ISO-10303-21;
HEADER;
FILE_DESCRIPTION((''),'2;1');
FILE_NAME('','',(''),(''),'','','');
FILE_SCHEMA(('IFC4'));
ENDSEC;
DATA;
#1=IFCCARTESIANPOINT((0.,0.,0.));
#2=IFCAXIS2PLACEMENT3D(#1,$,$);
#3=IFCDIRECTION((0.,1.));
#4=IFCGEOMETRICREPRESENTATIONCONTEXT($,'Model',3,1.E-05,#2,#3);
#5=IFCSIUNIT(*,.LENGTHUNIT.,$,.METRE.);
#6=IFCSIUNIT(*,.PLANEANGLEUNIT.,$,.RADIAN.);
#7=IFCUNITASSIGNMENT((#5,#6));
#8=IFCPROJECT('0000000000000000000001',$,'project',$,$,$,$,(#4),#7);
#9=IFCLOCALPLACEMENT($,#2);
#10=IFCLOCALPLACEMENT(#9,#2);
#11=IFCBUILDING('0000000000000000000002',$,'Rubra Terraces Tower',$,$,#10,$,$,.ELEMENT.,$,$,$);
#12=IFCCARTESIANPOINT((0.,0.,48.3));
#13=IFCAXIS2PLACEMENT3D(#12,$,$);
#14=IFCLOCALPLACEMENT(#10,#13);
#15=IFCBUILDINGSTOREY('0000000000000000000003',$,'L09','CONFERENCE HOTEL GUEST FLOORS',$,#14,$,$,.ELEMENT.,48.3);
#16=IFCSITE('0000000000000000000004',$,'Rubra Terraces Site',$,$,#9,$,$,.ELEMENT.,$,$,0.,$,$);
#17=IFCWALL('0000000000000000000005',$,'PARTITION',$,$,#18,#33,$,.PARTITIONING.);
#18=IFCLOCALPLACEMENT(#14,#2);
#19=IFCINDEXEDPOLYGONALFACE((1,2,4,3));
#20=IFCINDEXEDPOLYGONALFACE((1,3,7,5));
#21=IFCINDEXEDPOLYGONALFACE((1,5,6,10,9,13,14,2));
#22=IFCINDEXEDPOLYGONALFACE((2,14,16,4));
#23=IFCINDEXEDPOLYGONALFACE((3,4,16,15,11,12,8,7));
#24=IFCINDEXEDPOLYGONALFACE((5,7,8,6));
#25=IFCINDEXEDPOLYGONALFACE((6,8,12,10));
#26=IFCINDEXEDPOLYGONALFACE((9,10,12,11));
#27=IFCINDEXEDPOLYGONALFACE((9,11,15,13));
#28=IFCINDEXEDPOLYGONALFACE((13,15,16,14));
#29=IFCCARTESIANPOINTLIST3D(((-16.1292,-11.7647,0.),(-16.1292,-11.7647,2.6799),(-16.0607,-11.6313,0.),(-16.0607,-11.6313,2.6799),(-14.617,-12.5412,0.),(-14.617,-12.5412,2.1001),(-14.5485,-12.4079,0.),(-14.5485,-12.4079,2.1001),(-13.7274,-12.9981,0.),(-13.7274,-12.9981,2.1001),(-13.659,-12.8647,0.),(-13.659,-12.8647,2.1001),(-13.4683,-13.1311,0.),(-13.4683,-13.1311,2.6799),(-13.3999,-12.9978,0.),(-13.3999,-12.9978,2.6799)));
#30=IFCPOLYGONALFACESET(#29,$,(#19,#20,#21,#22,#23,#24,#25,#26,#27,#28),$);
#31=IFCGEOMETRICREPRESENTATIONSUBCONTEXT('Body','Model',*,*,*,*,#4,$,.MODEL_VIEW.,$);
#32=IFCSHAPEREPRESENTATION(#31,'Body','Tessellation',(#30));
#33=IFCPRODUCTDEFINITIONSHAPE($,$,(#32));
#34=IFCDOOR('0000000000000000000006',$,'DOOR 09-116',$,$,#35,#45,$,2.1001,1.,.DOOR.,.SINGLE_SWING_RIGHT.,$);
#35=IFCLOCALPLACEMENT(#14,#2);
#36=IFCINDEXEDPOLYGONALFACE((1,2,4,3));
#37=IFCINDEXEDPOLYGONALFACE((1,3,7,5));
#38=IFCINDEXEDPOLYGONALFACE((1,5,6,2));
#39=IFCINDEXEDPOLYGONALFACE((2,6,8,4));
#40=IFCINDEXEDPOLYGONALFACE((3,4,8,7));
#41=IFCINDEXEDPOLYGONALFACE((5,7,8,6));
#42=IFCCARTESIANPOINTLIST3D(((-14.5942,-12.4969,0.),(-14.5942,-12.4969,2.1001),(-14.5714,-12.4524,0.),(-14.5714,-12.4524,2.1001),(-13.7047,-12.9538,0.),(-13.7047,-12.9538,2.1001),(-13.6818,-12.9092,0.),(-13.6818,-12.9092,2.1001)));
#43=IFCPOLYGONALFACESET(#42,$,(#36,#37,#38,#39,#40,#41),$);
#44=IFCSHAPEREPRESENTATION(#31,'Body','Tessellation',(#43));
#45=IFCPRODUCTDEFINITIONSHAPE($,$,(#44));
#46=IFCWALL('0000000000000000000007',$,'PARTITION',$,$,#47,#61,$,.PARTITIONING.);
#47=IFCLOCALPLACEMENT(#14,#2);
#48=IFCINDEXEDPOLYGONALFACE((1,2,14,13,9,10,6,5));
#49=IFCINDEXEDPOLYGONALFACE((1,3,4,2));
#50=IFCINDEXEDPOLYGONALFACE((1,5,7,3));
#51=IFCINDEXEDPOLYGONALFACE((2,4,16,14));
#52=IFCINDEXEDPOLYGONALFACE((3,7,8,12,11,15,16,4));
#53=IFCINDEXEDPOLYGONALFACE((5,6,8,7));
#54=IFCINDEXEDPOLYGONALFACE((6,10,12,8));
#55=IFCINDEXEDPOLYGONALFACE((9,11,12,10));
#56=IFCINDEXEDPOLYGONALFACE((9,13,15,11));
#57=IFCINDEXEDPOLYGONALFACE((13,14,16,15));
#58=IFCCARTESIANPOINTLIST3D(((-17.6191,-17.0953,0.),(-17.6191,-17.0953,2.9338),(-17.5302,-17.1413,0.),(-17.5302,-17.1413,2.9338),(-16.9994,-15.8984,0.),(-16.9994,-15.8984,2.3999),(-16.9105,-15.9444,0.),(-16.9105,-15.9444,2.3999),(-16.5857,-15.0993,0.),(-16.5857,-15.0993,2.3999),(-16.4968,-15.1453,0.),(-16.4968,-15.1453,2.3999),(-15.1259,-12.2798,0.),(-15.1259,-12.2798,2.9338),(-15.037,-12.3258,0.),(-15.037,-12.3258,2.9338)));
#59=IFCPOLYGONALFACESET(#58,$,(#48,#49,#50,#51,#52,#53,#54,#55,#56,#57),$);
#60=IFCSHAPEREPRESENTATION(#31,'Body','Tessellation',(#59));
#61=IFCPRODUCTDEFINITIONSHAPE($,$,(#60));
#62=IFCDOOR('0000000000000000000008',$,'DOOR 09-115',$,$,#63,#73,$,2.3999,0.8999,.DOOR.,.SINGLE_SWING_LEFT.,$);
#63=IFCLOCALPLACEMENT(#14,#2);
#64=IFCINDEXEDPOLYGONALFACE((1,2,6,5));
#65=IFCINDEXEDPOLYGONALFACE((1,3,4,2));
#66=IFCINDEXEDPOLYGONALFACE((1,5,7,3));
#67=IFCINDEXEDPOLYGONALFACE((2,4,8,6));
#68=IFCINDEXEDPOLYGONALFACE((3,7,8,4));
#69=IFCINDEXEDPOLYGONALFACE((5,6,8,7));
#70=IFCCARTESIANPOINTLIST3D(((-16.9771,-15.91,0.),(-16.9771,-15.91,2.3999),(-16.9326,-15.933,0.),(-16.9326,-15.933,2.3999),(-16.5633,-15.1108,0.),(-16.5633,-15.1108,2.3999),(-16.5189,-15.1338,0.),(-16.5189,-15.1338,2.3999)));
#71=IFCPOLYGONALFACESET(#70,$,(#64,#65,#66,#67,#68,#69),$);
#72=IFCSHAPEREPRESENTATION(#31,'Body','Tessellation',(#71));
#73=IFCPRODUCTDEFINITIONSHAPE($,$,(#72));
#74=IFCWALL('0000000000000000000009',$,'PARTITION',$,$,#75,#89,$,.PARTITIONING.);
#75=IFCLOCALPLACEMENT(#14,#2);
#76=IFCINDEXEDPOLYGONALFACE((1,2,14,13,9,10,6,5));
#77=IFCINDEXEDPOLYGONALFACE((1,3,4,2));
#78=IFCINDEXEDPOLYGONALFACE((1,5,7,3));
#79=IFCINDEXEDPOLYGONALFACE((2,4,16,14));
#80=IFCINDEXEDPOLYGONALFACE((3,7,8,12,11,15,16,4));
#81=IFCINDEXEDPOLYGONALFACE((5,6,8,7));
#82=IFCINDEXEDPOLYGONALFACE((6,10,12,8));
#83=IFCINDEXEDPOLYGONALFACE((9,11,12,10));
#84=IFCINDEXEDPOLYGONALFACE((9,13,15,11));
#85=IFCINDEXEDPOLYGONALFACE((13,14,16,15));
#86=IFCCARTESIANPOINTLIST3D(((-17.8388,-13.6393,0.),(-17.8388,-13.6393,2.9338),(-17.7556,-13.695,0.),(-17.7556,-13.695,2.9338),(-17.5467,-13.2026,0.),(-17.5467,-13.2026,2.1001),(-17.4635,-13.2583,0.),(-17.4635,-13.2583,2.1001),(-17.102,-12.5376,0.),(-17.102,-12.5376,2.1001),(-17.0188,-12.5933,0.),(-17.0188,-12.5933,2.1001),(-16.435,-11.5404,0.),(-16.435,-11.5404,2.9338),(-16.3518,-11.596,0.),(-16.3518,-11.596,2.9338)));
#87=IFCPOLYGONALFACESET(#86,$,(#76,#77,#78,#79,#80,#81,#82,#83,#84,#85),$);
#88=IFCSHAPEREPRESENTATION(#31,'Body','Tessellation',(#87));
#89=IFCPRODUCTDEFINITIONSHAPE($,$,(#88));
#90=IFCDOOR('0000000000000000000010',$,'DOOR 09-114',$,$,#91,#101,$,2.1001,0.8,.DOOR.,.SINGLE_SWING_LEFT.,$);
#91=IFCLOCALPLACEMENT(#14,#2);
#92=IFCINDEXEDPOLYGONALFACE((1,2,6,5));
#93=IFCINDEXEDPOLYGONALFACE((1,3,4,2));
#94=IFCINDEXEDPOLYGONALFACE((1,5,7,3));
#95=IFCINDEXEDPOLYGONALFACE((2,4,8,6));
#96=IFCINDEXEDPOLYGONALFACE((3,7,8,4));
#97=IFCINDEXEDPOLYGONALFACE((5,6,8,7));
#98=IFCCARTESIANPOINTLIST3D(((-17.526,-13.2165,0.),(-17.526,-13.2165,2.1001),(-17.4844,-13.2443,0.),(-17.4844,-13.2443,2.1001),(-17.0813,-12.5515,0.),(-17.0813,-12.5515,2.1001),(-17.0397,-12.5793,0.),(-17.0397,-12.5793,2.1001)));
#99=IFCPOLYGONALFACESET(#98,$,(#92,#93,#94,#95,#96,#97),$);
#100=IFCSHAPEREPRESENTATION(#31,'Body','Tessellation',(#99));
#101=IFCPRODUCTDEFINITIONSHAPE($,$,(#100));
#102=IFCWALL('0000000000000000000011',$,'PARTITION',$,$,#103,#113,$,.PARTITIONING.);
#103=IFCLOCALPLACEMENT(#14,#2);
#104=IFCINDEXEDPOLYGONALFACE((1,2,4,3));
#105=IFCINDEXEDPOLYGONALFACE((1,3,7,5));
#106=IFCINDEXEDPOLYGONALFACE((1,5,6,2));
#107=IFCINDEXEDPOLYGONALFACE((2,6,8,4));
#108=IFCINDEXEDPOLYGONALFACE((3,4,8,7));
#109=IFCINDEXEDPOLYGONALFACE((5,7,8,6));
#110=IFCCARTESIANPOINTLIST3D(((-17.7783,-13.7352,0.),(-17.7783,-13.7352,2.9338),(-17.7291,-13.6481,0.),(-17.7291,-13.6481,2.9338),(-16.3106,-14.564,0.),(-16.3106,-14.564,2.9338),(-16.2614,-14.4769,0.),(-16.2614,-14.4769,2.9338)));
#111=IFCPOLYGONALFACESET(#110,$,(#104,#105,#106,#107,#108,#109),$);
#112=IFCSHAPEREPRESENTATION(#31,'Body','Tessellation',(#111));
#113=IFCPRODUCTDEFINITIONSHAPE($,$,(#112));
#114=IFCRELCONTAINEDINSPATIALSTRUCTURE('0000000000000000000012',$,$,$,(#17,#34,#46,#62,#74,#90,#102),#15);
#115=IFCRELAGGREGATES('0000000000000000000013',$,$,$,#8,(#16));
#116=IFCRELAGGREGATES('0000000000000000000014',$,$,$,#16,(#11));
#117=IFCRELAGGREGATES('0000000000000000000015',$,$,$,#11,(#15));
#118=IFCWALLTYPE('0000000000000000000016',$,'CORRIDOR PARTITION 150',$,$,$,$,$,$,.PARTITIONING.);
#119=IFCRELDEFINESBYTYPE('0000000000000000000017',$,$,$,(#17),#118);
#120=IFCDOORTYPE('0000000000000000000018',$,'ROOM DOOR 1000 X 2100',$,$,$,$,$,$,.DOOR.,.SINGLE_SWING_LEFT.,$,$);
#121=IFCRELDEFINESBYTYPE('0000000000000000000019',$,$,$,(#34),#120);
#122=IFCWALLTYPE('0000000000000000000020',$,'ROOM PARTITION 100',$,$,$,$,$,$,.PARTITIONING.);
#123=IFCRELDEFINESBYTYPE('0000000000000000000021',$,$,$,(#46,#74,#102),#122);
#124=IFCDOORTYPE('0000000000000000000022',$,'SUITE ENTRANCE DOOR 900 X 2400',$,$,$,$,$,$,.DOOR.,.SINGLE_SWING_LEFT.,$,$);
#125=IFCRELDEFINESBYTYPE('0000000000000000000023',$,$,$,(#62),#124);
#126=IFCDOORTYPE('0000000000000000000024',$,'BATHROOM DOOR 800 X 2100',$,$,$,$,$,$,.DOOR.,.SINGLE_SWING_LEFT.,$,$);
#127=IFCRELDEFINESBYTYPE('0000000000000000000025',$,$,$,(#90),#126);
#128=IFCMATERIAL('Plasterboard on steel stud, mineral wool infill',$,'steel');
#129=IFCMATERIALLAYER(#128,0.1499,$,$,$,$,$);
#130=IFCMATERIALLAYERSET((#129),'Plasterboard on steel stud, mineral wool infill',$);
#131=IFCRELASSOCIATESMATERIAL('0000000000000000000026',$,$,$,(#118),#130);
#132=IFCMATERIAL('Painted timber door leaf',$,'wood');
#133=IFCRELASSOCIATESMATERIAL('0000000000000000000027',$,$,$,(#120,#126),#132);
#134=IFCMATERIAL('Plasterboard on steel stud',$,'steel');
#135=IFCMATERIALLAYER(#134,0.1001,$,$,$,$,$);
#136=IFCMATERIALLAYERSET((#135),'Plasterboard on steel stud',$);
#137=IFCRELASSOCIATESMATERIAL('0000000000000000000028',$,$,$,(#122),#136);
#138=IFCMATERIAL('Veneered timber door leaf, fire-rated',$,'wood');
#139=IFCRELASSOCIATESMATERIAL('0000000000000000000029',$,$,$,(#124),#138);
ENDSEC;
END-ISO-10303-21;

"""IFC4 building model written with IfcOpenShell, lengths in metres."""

from ifc_helpers import new_model, si_unit, direction, frame, frame_2d, origin, place, context, subcontext, project, spatial, rectangle, extrude, material, layer, layer_set, type_object, element, fill, save


model = new_model("IFC4")

# Units and contexts
model_context = context("Model", 3, precision=1e-05, world=origin(), true_north=direction((0.0, 1.0)))
body_context = subcontext(model_context, "Body", "Model", "MODEL_VIEW")
ifc_project = project(units=[si_unit("LENGTHUNIT", "METRE"), si_unit("PLANEANGLEUNIT", "RADIAN")], contexts=[model_context])

# Site, building, storey
site_placement = place(None, origin())
site = spatial("IfcSite", under=ifc_project, at=site_placement, Name="Rubra Terraces Site", CompositionType="ELEMENT", RefElevation=0.0)
building_placement = place(site_placement, origin())
building = spatial("IfcBuilding", under=site, at=building_placement, Name="Rubra Terraces Tower", CompositionType="ELEMENT")
storey_placement = place(building_placement, frame((0.0, 0.0, 48.3)))
storey = spatial("IfcBuildingStorey", under=building, at=storey_placement, Name="L09", Description="CONFERENCE HOTEL GUEST FLOORS", CompositionType="ELEMENT", Elevation=48.3)

# Walls, openings, doors
ifc_material_1 = material(Name="Plasterboard on steel stud, mineral wool infill", Category="steel")
ifc_layer_1 = layer(ifc_material_1, 0.1499)
ifc_layer_set_1 = layer_set([ifc_layer_1], Name="Plasterboard on steel stud, mineral wool infill")
wall_type_1 = type_object("IfcWallType", Name="CORRIDOR PARTITION 150", PredefinedType="PARTITIONING", material=ifc_layer_set_1)
wall_1_placement = place(storey_placement, frame((-16.095, -11.698, 0.0), z_axis=(0.0, 0.0, 1.0), x_axis=(0.88956, -0.456819, 0.0)))
wall_1 = element("IfcWall", 1, at=wall_1_placement, inside=storey, type_object=wall_type_1, Name="PARTITION", PredefinedType="PARTITIONING", context=body_context, shape_type="SweptSolid", body=[
    extrude(rectangle(XDim=2.9912, YDim=0.1499, at=frame_2d((1.4956, 0.0))), origin(), (0.0, 0.0, 1.0), 2.6799),
])
opening_1_placement = place(wall_1_placement, frame((1.7, 0.0, 0.0)))
opening_1 = element("IfcOpeningElement", 2, at=opening_1_placement, cuts=wall_1, PredefinedType="OPENING", context=body_context, shape_type="SweptSolid", body=[
    extrude(rectangle(XDim=1.0, YDim=2.1001, at=frame_2d((0.5, 1.05))), frame((0.0, 0.085, 0.0), z_axis=(0.0, -1.0, 0.0), x_axis=(1.0, 0.0, 0.0)), (0.0, 0.0, 1.0), 0.1699),
])
ifc_material_2 = material(Name="Painted timber door leaf", Category="wood")
door_type_1 = type_object("IfcDoorType", Name="ROOM DOOR 1000 X 2100", OperationType="SINGLE_SWING_LEFT", PredefinedType="DOOR", material=ifc_material_2)
door_1_placement = place(opening_1_placement, origin())
door_1 = element("IfcDoor", 3, at=door_1_placement, inside=storey, type_object=door_type_1, Name="DOOR 09-116", OperationType="SINGLE_SWING_RIGHT", OverallHeight=2.1001, OverallWidth=1.0, PredefinedType="DOOR", context=body_context, shape_type="SweptSolid", body=[
    extrude(rectangle(XDim=1.0, YDim=2.1001, at=frame_2d((0.5, 1.05))), frame((0.0, 0.0249, 0.0), z_axis=(0.0, -1.0, 0.0), x_axis=(1.0, 0.0, 0.0)), (0.0, 0.0, 1.0), 0.05),
])
fill(opening_1, door_1)
ifc_material_3 = material(Name="Plasterboard on steel stud", Category="steel")
ifc_layer_2 = layer(ifc_material_3, 0.1001)
ifc_layer_set_2 = layer_set([ifc_layer_2], Name="Plasterboard on steel stud")
wall_type_2 = type_object("IfcWallType", Name="ROOM PARTITION 100", PredefinedType="PARTITIONING", material=ifc_layer_set_2)
wall_2_placement = place(storey_placement, frame((-17.5747, -17.1184, 0.0), z_axis=(0.0, 0.0, 1.0), x_axis=(0.459776, 0.888035, 0.0)))
wall_2 = element("IfcWall", 4, at=wall_2_placement, inside=storey, type_object=wall_type_2, Name="PARTITION", PredefinedType="PARTITIONING", context=body_context, shape_type="SweptSolid", body=[
    extrude(rectangle(XDim=5.4226, YDim=0.1001, at=frame_2d((2.7114, 0.0))), origin(), (0.0, 0.0, 1.0), 2.9338),
])
opening_2_placement = place(wall_2_placement, frame((1.3479, 0.0, 0.0)))
opening_2 = element("IfcOpeningElement", 5, at=opening_2_placement, cuts=wall_2, PredefinedType="OPENING", context=body_context, shape_type="SweptSolid", body=[
    extrude(rectangle(XDim=0.8999, YDim=2.3999, at=frame_2d((0.45, 1.2))), frame((0.0, 0.0601, 0.0), z_axis=(0.0, -1.0, 0.0), x_axis=(1.0, 0.0, 0.0)), (0.0, 0.0, 1.0), 0.1201),
])
ifc_material_4 = material(Name="Veneered timber door leaf, fire-rated", Category="wood")
door_type_2 = type_object("IfcDoorType", Name="SUITE ENTRANCE DOOR 900 X 2400", OperationType="SINGLE_SWING_LEFT", PredefinedType="DOOR", material=ifc_material_4)
door_2_placement = place(opening_2_placement, origin())
door_2 = element("IfcDoor", 6, at=door_2_placement, inside=storey, type_object=door_type_2, Name="DOOR 09-115", OperationType="SINGLE_SWING_LEFT", OverallHeight=2.3999, OverallWidth=0.8999, PredefinedType="DOOR", context=body_context, shape_type="SweptSolid", body=[
    extrude(rectangle(XDim=0.8999, YDim=2.3999, at=frame_2d((0.45, 1.2))), frame((0.0, 0.0249, 0.0), z_axis=(0.0, -1.0, 0.0), x_axis=(1.0, 0.0, 0.0)), (0.0, 0.0, 1.0), 0.05),
])
fill(opening_2, door_2)
wall_3_placement = place(storey_placement, frame((-16.3933, -11.5681, 0.0), z_axis=(0.0, 0.0, 1.0), x_axis=(-0.555949, -0.831216, 0.0)))
wall_3 = element("IfcWall", 7, at=wall_3_placement, inside=storey, type_object=wall_type_2, Name="PARTITION", PredefinedType="PARTITIONING", context=body_context, shape_type="SweptSolid", body=[
    extrude(rectangle(XDim=2.5251, YDim=0.1001, at=frame_2d((1.2627, 0.0))), origin(), (0.0, 0.0, 1.0), 2.9338),
])
opening_3_placement = place(wall_3_placement, frame((1.2, 0.0, 0.0)))
opening_3 = element("IfcOpeningElement", 8, at=opening_3_placement, cuts=wall_3, PredefinedType="OPENING", context=body_context, shape_type="SweptSolid", body=[
    extrude(rectangle(XDim=0.8, YDim=2.1001, at=frame_2d((0.3999, 1.05))), frame((0.0, 0.0601, 0.0), z_axis=(0.0, -1.0, 0.0), x_axis=(1.0, 0.0, 0.0)), (0.0, 0.0, 1.0), 0.1201),
])
door_type_3 = type_object("IfcDoorType", Name="BATHROOM DOOR 800 X 2100", OperationType="SINGLE_SWING_LEFT", PredefinedType="DOOR", material=ifc_material_2)
door_3_placement = place(opening_3_placement, origin())
door_3 = element("IfcDoor", 9, at=door_3_placement, inside=storey, type_object=door_type_3, Name="DOOR 09-114", OperationType="SINGLE_SWING_LEFT", OverallHeight=2.1001, OverallWidth=0.8, PredefinedType="DOOR", context=body_context, shape_type="SweptSolid", body=[
    extrude(rectangle(XDim=0.8, YDim=2.1001, at=frame_2d((0.3999, 1.05))), frame((0.0, 0.0249, 0.0), z_axis=(0.0, -1.0, 0.0), x_axis=(1.0, 0.0, 0.0)), (0.0, 0.0, 1.0), 0.05),
])
fill(opening_3, door_3)

# Wall
wall_4_placement = place(storey_placement, frame((-17.7537, -13.6917, 0.0), z_axis=(0.0, 0.0, 1.0), x_axis=(0.870754, -0.491718, 0.0)))
element("IfcWall", 10, at=wall_4_placement, inside=storey, type_object=wall_type_2, Name="PARTITION", PredefinedType="PARTITIONING", context=body_context, shape_type="SweptSolid", body=[
    extrude(rectangle(XDim=1.6855, YDim=0.1001, at=frame_2d((0.8428, 0.0))), origin(), (0.0, 0.0, 1.0), 2.9338),
])

save(model, "model.ifc")
